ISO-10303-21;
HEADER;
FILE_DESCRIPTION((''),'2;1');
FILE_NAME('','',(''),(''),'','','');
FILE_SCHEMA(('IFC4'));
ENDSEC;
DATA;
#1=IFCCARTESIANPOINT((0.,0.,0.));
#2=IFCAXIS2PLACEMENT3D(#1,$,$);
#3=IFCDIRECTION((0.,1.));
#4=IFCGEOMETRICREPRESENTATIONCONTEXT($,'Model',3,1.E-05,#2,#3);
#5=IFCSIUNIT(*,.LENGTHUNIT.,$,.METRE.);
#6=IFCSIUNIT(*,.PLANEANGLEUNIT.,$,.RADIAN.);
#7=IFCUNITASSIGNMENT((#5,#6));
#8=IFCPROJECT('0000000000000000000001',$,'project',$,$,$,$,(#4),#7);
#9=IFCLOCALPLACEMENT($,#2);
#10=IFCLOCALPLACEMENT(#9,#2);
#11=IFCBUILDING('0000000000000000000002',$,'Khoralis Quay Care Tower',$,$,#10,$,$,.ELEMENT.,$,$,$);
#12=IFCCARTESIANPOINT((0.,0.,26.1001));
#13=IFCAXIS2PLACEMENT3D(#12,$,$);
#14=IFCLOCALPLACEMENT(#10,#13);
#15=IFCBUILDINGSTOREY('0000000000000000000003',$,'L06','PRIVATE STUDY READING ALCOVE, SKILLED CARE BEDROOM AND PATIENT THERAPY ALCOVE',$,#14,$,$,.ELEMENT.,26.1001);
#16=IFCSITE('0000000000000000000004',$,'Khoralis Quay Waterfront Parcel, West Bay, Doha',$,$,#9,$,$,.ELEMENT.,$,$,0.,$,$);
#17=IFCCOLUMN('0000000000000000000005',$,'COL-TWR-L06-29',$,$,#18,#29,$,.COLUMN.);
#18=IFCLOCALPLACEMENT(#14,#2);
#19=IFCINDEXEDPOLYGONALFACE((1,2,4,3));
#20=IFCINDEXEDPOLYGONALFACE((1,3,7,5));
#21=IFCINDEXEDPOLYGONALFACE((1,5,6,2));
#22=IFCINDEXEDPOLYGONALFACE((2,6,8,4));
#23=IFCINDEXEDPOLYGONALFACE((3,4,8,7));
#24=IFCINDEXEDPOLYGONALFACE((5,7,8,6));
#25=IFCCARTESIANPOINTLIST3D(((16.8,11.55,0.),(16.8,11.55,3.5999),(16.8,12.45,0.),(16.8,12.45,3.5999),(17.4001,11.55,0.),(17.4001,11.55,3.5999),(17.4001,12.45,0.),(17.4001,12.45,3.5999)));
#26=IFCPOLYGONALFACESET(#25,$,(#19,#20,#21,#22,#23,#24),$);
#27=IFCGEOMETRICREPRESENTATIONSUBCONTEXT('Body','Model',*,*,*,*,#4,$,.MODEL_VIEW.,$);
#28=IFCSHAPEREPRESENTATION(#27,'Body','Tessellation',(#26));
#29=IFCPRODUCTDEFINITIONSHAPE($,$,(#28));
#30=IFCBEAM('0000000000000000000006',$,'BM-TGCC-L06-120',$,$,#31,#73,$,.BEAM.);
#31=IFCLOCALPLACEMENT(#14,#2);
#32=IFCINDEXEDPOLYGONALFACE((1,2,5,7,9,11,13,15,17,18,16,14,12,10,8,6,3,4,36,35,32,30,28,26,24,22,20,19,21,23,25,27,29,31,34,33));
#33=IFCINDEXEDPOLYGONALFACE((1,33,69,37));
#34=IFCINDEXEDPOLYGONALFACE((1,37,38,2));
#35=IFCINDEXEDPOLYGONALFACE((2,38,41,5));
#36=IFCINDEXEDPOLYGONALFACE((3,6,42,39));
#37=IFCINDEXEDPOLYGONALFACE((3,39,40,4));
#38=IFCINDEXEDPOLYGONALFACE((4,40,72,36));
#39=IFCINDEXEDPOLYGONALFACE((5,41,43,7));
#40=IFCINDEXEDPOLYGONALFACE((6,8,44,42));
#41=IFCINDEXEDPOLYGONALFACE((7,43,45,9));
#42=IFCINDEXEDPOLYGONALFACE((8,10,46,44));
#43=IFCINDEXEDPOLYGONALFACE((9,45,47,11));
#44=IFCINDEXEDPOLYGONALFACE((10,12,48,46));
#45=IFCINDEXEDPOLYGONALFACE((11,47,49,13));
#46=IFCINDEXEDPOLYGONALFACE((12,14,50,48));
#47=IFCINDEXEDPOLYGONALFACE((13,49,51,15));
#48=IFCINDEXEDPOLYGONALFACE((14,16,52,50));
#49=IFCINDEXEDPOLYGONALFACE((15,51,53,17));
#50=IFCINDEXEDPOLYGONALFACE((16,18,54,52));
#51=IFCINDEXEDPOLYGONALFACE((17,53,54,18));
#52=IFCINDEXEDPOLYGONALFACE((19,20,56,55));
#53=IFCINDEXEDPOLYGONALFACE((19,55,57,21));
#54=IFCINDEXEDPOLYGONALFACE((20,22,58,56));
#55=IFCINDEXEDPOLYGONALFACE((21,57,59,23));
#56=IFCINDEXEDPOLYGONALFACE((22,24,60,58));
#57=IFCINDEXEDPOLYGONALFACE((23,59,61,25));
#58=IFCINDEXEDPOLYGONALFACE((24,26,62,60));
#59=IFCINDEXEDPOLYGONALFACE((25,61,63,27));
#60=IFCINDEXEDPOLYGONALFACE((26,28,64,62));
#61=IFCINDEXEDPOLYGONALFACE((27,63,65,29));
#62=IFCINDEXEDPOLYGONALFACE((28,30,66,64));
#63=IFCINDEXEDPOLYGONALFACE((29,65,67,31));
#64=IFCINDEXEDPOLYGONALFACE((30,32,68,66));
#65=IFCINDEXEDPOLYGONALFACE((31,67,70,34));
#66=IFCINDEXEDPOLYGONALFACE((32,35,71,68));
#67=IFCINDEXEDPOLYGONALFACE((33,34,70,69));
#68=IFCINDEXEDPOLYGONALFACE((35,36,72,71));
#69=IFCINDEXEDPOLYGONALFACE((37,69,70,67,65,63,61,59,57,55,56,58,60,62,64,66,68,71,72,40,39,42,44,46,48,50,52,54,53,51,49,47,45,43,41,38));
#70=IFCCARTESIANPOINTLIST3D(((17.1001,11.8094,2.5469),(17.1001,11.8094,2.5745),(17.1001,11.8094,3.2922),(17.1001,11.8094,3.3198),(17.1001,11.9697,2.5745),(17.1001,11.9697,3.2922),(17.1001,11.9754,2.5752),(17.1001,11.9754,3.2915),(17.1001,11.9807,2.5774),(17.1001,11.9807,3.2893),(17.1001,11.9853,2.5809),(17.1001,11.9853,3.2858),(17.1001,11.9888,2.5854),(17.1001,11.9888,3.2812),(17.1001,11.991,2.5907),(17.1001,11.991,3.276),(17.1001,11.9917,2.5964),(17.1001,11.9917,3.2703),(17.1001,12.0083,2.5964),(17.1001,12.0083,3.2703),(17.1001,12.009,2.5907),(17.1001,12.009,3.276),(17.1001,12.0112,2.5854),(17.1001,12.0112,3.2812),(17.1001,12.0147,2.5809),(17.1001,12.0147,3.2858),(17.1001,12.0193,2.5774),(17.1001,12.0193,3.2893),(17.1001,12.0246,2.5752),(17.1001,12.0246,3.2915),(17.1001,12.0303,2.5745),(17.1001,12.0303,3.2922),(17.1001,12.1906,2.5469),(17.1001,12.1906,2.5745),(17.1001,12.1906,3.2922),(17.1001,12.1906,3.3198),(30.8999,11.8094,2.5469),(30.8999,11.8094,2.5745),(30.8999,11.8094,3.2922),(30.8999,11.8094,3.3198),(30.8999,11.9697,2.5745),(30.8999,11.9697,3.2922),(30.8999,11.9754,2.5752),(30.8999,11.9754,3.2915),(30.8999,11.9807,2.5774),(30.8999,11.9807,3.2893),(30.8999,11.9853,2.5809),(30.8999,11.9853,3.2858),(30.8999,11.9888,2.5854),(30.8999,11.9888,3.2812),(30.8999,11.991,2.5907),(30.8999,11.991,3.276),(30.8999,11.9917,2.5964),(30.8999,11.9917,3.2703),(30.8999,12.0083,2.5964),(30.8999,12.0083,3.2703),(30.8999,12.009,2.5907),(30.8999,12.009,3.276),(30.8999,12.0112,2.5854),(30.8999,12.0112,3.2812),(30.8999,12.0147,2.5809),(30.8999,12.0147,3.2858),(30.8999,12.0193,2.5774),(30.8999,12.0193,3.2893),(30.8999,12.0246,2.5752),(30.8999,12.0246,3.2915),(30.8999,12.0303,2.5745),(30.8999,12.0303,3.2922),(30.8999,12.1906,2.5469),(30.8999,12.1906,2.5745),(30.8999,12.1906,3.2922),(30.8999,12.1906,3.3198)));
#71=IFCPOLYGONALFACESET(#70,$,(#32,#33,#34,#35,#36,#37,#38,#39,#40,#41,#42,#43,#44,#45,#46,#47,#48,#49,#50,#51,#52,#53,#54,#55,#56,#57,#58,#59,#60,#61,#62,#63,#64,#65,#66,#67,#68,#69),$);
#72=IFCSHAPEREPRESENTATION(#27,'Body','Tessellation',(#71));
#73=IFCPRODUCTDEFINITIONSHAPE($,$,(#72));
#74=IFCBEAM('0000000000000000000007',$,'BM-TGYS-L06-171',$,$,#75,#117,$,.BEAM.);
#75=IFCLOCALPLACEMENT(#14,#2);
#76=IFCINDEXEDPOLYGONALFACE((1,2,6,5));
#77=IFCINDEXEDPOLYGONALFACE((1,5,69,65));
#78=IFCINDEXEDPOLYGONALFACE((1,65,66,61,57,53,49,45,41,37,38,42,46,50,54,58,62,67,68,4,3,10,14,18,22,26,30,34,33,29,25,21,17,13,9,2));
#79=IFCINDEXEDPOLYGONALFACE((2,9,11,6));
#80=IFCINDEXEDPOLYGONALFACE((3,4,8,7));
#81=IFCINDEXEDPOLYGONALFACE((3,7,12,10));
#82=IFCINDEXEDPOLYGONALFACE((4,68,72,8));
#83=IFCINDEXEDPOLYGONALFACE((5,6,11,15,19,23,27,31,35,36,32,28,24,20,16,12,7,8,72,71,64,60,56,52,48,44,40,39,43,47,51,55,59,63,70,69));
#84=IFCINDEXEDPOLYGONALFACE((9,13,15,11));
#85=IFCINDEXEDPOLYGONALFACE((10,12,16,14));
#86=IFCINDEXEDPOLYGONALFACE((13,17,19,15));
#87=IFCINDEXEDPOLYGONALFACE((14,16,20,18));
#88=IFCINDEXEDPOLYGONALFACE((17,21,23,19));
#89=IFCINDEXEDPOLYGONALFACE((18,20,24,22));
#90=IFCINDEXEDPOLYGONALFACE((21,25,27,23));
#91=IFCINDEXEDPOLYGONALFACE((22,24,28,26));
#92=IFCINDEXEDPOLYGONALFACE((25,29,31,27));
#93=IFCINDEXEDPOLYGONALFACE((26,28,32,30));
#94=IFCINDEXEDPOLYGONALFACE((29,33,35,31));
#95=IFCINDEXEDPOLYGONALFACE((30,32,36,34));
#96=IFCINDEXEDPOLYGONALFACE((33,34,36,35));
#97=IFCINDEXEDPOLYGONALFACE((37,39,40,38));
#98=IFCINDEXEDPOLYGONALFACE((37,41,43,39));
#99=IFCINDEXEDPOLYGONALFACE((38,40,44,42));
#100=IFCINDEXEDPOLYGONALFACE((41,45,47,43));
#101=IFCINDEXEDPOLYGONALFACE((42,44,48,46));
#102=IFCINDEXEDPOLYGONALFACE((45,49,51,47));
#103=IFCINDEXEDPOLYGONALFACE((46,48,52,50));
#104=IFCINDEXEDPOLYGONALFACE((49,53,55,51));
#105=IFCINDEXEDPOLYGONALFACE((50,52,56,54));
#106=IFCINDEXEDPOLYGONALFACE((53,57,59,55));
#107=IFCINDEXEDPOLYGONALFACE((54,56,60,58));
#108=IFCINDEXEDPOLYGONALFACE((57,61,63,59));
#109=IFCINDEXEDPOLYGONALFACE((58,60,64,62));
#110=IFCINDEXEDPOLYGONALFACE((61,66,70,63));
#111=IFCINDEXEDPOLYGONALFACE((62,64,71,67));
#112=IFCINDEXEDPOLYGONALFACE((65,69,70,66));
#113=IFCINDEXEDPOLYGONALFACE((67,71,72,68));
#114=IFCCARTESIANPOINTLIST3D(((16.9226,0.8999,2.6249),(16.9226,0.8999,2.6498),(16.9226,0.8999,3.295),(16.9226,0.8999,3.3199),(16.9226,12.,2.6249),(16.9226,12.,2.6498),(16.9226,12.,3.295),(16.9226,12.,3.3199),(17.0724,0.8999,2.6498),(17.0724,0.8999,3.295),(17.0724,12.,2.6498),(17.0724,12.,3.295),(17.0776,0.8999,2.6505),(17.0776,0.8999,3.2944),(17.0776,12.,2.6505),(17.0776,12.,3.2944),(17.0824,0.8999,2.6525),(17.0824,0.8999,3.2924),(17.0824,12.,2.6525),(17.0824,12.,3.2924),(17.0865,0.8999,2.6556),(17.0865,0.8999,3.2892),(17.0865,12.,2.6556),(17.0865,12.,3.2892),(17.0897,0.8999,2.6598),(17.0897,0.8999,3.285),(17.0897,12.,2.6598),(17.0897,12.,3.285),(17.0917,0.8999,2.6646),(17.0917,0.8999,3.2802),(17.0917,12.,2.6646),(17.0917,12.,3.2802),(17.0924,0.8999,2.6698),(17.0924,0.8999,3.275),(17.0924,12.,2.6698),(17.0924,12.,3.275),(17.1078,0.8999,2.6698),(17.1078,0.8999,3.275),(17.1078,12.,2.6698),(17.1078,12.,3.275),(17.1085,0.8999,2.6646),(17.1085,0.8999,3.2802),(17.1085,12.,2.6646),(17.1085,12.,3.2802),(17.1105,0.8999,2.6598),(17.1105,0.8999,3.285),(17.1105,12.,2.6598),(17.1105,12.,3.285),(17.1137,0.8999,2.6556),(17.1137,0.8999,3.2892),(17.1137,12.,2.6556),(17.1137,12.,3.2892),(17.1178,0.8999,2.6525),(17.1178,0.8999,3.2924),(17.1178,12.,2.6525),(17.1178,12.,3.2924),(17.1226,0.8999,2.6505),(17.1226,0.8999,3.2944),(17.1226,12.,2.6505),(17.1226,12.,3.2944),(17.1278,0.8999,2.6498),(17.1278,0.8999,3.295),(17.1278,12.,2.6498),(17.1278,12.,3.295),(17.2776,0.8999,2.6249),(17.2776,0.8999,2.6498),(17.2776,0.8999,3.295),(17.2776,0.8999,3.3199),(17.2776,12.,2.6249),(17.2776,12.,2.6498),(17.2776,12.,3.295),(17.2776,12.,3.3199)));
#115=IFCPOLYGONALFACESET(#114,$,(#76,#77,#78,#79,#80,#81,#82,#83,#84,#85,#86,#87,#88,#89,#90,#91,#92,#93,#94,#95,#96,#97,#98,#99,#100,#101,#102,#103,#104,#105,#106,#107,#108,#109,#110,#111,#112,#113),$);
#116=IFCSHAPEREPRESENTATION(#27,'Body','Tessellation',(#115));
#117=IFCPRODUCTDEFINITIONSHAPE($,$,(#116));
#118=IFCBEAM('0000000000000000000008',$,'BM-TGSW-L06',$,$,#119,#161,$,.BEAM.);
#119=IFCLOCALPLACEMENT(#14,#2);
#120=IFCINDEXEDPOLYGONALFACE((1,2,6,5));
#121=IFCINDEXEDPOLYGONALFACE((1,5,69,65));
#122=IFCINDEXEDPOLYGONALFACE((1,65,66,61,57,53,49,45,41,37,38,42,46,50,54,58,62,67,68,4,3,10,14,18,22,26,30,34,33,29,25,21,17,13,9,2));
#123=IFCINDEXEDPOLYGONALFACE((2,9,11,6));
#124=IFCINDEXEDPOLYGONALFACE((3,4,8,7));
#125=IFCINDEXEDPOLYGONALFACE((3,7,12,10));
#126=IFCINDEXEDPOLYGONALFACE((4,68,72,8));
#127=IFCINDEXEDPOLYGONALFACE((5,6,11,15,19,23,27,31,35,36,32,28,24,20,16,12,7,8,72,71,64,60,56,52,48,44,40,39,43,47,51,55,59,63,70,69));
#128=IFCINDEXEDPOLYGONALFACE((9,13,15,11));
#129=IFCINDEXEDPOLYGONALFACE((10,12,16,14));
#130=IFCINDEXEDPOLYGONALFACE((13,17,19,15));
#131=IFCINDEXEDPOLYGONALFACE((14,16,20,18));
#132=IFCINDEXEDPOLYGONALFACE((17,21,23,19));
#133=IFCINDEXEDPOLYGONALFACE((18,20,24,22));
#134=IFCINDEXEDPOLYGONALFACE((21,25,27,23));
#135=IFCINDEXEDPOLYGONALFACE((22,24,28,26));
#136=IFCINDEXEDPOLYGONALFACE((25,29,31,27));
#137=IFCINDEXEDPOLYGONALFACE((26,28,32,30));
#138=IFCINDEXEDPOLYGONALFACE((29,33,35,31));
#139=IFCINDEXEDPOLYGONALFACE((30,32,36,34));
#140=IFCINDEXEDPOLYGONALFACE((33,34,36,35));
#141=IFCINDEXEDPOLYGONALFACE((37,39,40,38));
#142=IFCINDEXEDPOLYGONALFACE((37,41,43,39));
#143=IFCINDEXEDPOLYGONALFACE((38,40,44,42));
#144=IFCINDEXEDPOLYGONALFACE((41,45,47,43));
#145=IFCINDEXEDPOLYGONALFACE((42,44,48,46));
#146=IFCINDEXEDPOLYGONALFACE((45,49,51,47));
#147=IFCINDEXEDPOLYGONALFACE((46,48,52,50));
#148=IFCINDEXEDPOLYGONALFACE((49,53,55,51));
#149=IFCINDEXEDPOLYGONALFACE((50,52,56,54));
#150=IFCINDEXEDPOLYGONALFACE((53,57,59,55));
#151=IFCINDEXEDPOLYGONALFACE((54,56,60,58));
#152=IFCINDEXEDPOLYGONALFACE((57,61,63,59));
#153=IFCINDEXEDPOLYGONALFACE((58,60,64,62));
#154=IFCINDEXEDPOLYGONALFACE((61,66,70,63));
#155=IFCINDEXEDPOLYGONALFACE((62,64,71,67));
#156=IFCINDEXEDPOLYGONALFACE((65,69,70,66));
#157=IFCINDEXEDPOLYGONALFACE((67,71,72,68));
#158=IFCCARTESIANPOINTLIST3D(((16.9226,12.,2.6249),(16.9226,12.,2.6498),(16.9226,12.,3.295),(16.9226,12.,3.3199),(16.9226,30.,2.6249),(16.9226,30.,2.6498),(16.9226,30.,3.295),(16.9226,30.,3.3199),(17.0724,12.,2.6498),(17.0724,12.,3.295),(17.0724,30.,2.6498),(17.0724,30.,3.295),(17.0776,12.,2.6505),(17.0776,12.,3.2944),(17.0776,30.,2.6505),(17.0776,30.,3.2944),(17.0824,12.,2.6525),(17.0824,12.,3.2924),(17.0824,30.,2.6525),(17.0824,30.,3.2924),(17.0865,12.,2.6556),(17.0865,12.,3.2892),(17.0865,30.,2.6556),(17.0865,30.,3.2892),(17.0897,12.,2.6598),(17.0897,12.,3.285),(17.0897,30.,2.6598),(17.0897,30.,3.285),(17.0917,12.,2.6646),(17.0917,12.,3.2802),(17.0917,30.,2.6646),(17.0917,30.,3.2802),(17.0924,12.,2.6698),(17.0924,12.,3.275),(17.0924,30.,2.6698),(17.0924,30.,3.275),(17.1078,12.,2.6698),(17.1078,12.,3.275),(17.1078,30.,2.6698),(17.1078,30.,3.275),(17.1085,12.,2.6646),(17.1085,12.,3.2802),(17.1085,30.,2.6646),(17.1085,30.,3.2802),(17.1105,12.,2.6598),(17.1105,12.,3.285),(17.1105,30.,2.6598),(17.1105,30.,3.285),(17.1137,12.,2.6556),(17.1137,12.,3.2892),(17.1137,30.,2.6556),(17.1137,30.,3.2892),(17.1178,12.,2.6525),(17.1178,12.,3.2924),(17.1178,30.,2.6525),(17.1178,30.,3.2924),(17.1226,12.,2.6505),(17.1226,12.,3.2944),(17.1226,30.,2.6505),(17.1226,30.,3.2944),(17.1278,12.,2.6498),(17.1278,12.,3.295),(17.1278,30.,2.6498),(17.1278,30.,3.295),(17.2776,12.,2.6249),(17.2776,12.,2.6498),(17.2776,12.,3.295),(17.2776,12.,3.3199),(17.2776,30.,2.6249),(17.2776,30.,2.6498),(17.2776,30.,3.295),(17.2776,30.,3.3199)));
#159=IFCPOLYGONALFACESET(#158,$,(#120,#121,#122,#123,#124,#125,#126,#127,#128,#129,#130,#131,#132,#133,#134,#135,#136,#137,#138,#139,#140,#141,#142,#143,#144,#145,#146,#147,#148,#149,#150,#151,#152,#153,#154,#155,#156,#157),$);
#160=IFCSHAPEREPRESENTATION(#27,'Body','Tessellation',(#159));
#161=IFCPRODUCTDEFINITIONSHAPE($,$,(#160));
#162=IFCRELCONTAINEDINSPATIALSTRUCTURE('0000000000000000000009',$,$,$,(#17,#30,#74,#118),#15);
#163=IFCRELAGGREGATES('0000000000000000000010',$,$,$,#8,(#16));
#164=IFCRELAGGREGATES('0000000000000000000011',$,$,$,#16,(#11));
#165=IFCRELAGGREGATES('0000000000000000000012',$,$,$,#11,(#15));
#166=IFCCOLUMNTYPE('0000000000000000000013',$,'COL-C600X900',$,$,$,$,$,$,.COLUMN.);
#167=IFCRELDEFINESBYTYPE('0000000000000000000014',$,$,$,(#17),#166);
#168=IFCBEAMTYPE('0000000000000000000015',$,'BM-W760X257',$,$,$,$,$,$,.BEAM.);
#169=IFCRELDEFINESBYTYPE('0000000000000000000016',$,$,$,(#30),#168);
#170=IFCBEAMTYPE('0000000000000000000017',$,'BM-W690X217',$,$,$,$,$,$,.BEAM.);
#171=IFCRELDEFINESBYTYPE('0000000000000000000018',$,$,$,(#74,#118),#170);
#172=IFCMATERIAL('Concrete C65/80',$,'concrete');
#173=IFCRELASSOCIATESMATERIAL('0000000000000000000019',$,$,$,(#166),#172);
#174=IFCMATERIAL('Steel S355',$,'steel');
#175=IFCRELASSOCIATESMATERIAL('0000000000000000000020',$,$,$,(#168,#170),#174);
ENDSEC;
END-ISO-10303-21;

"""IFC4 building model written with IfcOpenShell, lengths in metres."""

from ifc_helpers import new_model, si_unit, direction, frame, origin, origin_2d, place, context, subcontext, project, spatial, rectangle, i_section, extrude, source, transform, mapped, material, material_profile, profile_set, type_object, element, save


model = new_model("IFC4")

# Units and contexts
model_context = context("Model", 3, precision=1e-05, world=origin(), true_north=direction((0.0, 1.0)))
body_context = subcontext(model_context, "Body", "Model", "MODEL_VIEW")
ifc_project = project(units=[si_unit("LENGTHUNIT", "METRE"), si_unit("PLANEANGLEUNIT", "RADIAN")], contexts=[model_context])

# Site, building, storey
site_placement = place(None, origin())
site = spatial("IfcSite", under=ifc_project, at=site_placement, Name="Khoralis Quay Waterfront Parcel, West Bay, Doha", CompositionType="ELEMENT", RefElevation=0.0)
building_placement = place(site_placement, origin())
building = spatial("IfcBuilding", under=site, at=building_placement, Name="Khoralis Quay Care Tower", CompositionType="ELEMENT")
storey_placement = place(building_placement, frame((0.0, 0.0, 26.1001)))
storey = spatial("IfcBuildingStorey", under=building, at=storey_placement, Name="L06", Description="PRIVATE STUDY READING ALCOVE, SKILLED CARE BEDROOM AND PATIENT THERAPY ALCOVE", CompositionType="ELEMENT", Elevation=26.1001)

# Column
ifc_material_1 = material(Name="Concrete C65/80", Category="concrete")
ifc_material_profile_1 = material_profile(ifc_material_1, rectangle(XDim=0.6001, YDim=0.8999, at=origin_2d()), Name="Concrete C65/80")
ifc_profile_set_1 = profile_set([ifc_material_profile_1], Name="Concrete C65/80")
column_type = type_object("IfcColumnType", Name="COL-C600X900", PredefinedType="COLUMN", material=ifc_profile_set_1)
shared_shape_1 = source(origin(), body_context, "Body", "SweptSolid", [
    extrude(rectangle(XDim=0.6001, YDim=0.8999, at=origin_2d()), origin(), (0.0, 0.0, 1.0), 3.5999),
])
column_placement = place(storey_placement, frame((17.1001, 12.0, 0.0), z_axis=(0.0, 0.0, 1.0), x_axis=(1.0, 0.0, 0.0)))
element("IfcColumn", 1, at=column_placement, inside=storey, type_object=column_type, Name="COL-TWR-L06-29", PredefinedType="COLUMN", context=body_context, shape_type="MappedRepresentation", body=[
    mapped(shared_shape_1, transform((0.0, 0.0, 0.0), scale=1.0)),
])

# Beams
ifc_material_2 = material(Name="Steel S355", Category="steel")
ifc_material_profile_2 = material_profile(ifc_material_2, i_section(OverallWidth=0.3811, OverallDepth=0.7729, WebThickness=0.0166, FlangeThickness=0.0276, FilletRadius=0.022, at=origin_2d()), Name="Steel S355")
ifc_profile_set_2 = profile_set([ifc_material_profile_2], Name="Steel S355")
beam_type_1 = type_object("IfcBeamType", Name="BM-W760X257", PredefinedType="BEAM", material=ifc_profile_set_2)
shared_shape_2 = source(origin(), body_context, "Body", "SweptSolid", [
    extrude(i_section(OverallWidth=0.3811, OverallDepth=0.7729, WebThickness=0.0166, FlangeThickness=0.0276, FilletRadius=0.022, at=origin_2d()), origin(), (0.0, 0.0, 1.0), 13.7998),
])
beam_1_placement = place(storey_placement, frame((17.1001, 12.0, 2.9333), z_axis=(1.0, 0.0, 0.0), x_axis=(0.0, 1.0, 0.0)))
element("IfcBeam", 2, at=beam_1_placement, inside=storey, type_object=beam_type_1, Name="BM-TGCC-L06-120", PredefinedType="BEAM", context=body_context, shape_type="MappedRepresentation", body=[
    mapped(shared_shape_2, transform((0.0, 0.0, 0.0), scale=1.0)),
])
ifc_material_profile_3 = material_profile(ifc_material_2, i_section(OverallWidth=0.355, OverallDepth=0.6951, WebThickness=0.0154, FlangeThickness=0.0249, FilletRadius=0.02, at=origin_2d()), Name="Steel S355")
ifc_profile_set_3 = profile_set([ifc_material_profile_3], Name="Steel S355")
beam_type_2 = type_object("IfcBeamType", Name="BM-W690X217", PredefinedType="BEAM", material=ifc_profile_set_3)
shared_shape_3 = source(origin(), body_context, "Body", "SweptSolid", [
    extrude(i_section(OverallWidth=0.355, OverallDepth=0.6951, WebThickness=0.0154, FlangeThickness=0.0249, FilletRadius=0.02, at=origin_2d()), origin(), (0.0, 0.0, 1.0), 11.1001),
])
beam_2_placement = place(storey_placement, frame((17.1001, 0.8999, 2.9724), z_axis=(0.0, 1.0, 0.0), x_axis=(-1.0, 0.0, 0.0)))
element("IfcBeam", 3, at=beam_2_placement, inside=storey, type_object=beam_type_2, Name="BM-TGYS-L06-171", PredefinedType="BEAM", context=body_context, shape_type="MappedRepresentation", body=[
    mapped(shared_shape_3, transform((0.0, 0.0, 0.0), scale=1.0)),
])
shared_shape_4 = source(origin(), body_context, "Body", "SweptSolid", [
    extrude(i_section(OverallWidth=0.355, OverallDepth=0.6951, WebThickness=0.0154, FlangeThickness=0.0249, FilletRadius=0.02, at=origin_2d()), origin(), (0.0, 0.0, 1.0), 18.0),
])
beam_3_placement = place(storey_placement, frame((17.1001, 12.0, 2.9724), z_axis=(0.0, 1.0, 0.0), x_axis=(-1.0, 0.0, 0.0)))
element("IfcBeam", 4, at=beam_3_placement, inside=storey, type_object=beam_type_2, Name="BM-TGSW-L06", PredefinedType="BEAM", context=body_context, shape_type="MappedRepresentation", body=[
    mapped(shared_shape_4, transform((0.0, 0.0, 0.0), scale=1.0)),
])

save(model, "model.ifc")
